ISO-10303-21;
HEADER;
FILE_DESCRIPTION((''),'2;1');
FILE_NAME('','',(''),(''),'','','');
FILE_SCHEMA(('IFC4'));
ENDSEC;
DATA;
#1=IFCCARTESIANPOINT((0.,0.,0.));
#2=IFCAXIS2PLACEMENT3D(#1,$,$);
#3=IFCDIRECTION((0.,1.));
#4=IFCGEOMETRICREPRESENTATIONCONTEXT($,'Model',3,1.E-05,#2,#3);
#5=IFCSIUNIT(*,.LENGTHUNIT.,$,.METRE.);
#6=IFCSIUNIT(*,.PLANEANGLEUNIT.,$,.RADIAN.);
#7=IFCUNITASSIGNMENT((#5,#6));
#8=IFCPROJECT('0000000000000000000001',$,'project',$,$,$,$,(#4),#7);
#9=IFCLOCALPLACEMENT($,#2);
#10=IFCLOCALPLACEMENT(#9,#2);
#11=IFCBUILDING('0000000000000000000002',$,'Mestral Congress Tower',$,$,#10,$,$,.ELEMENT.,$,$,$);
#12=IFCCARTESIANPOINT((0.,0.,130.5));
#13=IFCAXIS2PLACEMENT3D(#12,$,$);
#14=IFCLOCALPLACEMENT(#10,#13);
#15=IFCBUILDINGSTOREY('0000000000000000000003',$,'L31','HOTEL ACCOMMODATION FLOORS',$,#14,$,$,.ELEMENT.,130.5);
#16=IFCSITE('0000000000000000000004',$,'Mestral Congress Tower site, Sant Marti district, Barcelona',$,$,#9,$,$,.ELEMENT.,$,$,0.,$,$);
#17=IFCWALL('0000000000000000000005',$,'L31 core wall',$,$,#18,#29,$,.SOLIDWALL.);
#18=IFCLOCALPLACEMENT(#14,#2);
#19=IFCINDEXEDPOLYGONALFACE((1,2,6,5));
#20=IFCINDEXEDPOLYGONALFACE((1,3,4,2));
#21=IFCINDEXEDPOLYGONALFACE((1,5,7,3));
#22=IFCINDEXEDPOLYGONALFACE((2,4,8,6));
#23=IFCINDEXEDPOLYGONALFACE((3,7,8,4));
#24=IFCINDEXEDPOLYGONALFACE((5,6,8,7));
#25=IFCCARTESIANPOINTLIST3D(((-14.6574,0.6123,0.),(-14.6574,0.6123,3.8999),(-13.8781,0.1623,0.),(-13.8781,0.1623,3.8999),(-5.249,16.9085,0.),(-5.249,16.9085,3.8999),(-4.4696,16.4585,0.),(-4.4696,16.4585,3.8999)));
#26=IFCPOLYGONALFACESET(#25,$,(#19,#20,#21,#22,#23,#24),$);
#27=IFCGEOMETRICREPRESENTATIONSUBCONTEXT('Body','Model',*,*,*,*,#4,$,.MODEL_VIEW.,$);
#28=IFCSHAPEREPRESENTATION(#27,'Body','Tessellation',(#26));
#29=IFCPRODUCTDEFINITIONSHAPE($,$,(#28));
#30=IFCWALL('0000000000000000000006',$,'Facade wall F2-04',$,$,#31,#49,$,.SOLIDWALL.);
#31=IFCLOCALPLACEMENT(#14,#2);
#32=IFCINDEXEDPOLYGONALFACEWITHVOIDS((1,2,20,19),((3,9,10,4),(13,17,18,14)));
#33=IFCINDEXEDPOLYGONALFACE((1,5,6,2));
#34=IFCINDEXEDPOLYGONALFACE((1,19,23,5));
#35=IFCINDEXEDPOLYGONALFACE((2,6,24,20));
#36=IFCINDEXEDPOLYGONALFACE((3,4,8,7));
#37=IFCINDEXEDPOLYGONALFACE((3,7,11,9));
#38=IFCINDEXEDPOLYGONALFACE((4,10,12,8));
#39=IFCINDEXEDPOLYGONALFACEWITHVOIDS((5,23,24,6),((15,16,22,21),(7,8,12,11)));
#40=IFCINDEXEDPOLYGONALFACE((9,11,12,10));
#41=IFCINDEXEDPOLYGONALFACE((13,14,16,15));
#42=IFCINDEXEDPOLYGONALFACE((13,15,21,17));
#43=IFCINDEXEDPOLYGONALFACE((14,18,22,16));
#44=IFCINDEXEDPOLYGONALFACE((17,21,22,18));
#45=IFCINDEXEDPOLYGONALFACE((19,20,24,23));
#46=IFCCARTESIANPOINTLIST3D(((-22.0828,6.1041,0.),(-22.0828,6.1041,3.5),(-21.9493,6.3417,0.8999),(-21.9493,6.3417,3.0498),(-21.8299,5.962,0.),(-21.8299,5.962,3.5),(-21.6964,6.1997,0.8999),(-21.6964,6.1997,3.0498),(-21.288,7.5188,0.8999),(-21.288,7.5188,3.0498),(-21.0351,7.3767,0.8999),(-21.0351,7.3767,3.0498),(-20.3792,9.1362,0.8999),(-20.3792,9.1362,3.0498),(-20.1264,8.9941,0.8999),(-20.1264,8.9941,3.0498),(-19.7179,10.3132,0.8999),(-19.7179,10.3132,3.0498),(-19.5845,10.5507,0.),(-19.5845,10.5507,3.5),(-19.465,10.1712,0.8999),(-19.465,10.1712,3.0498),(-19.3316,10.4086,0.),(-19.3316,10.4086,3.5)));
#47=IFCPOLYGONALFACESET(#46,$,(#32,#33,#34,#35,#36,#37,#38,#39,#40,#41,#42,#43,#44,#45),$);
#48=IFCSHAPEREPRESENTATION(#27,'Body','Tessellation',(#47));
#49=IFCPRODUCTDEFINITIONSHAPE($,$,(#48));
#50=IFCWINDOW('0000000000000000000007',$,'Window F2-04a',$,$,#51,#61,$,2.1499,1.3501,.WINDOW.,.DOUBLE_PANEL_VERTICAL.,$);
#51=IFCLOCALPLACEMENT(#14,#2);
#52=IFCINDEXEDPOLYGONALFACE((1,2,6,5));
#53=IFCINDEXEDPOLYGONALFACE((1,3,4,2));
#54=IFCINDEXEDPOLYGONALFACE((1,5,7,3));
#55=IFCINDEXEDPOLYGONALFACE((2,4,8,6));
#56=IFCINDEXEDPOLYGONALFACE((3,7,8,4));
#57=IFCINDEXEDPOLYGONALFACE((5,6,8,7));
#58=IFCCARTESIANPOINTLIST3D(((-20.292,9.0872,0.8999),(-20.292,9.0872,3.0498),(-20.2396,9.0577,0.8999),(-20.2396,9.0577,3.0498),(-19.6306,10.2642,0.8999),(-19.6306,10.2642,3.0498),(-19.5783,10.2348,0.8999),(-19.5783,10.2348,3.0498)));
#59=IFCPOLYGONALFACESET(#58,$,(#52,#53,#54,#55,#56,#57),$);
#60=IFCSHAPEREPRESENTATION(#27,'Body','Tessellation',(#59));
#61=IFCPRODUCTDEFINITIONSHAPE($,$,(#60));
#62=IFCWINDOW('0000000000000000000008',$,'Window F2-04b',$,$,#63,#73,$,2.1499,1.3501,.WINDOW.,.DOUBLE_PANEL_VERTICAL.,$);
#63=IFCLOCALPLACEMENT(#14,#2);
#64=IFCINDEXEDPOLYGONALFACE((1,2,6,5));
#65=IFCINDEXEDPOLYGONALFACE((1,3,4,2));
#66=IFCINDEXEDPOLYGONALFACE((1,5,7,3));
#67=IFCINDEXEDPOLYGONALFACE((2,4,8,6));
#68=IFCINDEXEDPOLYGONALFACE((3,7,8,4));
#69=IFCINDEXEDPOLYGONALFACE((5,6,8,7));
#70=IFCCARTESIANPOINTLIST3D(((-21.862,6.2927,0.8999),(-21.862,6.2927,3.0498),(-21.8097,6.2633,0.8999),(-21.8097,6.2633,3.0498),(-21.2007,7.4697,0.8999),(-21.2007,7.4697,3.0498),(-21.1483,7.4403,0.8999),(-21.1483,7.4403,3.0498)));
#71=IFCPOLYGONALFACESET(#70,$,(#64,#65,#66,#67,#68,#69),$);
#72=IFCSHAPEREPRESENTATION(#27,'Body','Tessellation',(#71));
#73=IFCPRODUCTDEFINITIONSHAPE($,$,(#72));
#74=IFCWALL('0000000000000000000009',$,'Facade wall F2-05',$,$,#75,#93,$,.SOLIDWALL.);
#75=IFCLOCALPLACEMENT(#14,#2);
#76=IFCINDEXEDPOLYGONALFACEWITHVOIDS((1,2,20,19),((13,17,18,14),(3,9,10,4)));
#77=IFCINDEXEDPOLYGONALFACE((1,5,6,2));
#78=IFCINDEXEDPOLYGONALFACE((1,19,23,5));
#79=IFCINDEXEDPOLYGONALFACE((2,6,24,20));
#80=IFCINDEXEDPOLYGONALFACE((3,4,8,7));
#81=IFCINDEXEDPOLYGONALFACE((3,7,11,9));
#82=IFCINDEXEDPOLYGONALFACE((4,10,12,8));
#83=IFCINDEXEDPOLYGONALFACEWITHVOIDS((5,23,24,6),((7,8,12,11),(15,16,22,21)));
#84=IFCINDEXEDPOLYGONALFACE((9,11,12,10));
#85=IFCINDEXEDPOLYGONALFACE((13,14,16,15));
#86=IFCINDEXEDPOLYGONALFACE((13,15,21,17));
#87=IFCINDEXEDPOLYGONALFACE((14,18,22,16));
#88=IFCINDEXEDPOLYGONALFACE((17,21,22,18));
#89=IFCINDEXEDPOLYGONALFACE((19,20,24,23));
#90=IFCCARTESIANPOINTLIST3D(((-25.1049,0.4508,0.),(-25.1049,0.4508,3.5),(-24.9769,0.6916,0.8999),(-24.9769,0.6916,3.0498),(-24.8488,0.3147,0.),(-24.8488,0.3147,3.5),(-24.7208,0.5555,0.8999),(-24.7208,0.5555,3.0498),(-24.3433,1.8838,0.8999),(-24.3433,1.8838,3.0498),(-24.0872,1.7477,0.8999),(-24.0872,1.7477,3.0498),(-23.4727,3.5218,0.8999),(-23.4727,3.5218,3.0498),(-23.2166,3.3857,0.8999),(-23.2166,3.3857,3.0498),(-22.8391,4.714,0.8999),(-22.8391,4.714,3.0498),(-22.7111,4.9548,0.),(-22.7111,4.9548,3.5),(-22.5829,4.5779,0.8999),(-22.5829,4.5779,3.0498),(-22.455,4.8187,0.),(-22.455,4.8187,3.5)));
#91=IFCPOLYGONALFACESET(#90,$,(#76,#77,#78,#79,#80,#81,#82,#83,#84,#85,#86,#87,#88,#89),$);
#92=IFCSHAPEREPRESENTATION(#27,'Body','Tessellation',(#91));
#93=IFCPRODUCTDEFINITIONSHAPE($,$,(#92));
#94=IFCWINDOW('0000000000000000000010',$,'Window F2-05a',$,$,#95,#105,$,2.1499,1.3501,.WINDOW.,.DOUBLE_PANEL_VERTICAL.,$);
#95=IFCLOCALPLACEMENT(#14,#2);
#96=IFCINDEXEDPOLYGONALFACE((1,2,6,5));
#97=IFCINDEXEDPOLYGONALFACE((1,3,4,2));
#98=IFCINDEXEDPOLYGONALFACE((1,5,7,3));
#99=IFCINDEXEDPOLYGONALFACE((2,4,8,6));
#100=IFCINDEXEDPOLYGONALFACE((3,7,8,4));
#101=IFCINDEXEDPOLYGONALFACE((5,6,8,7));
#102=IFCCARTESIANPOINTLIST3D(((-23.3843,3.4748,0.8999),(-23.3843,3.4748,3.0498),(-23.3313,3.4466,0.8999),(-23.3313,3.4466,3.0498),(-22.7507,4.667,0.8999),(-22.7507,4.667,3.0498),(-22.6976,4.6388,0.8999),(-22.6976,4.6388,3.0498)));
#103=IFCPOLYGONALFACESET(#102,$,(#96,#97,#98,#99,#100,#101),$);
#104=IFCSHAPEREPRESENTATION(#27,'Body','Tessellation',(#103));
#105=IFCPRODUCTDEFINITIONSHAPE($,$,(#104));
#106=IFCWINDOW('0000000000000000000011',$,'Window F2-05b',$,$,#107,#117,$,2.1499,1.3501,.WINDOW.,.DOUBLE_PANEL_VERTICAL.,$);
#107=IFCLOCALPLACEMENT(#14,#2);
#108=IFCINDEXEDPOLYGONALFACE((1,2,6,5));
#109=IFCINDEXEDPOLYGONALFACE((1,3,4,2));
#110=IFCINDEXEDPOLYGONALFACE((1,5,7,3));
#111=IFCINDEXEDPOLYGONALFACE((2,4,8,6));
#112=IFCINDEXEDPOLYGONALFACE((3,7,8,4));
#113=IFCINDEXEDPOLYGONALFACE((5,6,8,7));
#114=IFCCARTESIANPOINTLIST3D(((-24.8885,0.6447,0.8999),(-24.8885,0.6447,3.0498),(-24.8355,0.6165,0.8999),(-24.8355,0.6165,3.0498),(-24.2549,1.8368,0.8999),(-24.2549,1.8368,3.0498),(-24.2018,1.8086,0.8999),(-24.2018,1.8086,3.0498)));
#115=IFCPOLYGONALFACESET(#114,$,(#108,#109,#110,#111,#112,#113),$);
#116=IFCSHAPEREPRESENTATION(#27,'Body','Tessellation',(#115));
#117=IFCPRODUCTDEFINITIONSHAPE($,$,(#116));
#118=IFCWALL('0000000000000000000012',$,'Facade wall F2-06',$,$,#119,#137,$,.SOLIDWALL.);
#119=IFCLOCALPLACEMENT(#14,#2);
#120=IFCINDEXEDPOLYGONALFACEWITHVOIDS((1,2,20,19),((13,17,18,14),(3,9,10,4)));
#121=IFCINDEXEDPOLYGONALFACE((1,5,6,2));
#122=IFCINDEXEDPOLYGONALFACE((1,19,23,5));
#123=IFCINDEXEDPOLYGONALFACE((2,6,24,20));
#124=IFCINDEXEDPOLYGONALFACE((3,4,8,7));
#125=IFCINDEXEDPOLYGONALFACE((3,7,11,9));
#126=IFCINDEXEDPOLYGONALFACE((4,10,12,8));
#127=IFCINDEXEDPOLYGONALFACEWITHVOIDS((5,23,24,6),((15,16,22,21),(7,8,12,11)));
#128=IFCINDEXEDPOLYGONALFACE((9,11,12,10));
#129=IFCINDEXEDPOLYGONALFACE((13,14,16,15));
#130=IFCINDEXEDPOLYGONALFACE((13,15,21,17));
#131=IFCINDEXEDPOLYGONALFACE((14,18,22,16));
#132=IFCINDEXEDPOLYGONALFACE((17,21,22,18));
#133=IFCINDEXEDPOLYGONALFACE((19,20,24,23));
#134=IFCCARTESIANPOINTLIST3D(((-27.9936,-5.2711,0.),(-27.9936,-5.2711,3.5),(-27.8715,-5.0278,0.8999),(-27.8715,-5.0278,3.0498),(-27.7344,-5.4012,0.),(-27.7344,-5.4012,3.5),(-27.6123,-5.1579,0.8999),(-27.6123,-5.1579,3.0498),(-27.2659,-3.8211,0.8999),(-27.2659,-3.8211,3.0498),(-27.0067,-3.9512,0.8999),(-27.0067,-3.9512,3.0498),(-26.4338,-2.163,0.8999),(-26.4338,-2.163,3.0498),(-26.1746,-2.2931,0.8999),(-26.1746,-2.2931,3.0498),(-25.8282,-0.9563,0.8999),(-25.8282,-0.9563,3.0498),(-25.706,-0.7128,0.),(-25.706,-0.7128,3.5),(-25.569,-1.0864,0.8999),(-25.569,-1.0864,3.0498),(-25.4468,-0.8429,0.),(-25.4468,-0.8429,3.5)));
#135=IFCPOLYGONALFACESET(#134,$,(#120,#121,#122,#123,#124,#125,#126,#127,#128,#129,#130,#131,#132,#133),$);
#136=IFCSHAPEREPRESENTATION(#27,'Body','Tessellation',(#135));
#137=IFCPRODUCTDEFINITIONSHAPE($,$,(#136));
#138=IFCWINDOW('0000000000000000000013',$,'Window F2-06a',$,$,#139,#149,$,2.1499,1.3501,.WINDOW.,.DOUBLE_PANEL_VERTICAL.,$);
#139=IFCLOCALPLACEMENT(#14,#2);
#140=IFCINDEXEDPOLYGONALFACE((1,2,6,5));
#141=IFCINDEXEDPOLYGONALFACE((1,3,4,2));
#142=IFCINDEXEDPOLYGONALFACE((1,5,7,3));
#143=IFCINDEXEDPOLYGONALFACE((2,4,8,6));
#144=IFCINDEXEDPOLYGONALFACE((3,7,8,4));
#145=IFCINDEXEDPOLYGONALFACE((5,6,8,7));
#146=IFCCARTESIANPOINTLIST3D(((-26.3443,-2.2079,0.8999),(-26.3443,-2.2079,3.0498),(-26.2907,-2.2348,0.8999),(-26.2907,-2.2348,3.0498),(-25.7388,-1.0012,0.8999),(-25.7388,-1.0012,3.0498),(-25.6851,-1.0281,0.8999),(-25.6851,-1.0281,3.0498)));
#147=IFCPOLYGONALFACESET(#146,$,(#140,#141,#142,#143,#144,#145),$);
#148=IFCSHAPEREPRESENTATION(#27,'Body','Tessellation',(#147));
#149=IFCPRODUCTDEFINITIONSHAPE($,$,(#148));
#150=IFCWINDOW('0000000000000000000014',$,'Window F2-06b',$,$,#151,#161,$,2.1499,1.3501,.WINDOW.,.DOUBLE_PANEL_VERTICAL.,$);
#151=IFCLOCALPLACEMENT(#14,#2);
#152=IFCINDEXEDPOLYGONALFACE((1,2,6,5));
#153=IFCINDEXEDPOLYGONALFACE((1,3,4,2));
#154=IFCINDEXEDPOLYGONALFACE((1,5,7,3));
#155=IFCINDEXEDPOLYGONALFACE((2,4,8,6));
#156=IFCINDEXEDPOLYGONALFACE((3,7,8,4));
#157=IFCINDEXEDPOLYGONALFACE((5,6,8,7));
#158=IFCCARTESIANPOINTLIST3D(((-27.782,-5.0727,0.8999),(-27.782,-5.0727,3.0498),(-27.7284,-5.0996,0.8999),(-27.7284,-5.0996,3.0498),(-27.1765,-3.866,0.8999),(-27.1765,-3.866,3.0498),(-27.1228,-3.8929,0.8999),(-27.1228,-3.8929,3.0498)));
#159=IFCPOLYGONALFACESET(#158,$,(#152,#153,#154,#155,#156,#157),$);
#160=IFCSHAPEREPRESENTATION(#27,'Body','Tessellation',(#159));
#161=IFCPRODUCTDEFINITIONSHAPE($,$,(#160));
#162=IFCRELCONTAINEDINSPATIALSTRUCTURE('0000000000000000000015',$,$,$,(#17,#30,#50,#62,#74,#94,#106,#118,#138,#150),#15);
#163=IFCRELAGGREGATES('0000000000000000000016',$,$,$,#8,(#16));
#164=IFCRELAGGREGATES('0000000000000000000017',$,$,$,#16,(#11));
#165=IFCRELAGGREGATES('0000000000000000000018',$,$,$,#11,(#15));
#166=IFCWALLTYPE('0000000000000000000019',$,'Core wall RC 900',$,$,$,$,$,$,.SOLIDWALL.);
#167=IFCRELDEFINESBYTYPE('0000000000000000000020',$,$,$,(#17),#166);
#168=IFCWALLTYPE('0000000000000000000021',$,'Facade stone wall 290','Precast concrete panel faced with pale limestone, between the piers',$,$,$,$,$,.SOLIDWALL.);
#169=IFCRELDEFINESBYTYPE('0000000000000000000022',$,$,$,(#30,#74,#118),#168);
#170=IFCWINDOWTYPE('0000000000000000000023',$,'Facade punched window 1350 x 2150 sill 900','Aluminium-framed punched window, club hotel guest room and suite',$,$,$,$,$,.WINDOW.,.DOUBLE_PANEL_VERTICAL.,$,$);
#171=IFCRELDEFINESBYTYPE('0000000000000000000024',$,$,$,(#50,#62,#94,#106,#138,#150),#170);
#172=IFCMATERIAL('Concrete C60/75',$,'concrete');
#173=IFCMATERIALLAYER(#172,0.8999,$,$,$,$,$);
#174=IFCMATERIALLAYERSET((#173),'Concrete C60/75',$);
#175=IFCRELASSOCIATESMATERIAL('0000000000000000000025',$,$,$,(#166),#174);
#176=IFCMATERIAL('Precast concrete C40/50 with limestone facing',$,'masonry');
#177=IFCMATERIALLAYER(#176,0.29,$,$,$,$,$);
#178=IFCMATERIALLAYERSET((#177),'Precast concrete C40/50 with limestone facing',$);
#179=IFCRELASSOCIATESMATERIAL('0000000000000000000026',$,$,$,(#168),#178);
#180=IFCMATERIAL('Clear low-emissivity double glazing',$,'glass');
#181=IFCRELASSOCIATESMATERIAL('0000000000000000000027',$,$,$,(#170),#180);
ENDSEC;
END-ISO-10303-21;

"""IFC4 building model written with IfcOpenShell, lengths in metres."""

from ifc_helpers import new_model, si_unit, direction, frame, frame_2d, origin, place, context, subcontext, project, spatial, rectangle, extrude, material, layer, layer_set, type_object, element, fill, save


model = new_model("IFC4")

# Units and contexts
model_context = context("Model", 3, precision=1e-05, world=origin(), true_north=direction((0.0, 1.0)))
body_context = subcontext(model_context, "Body", "Model", "MODEL_VIEW")
ifc_project = project(units=[si_unit("LENGTHUNIT", "METRE"), si_unit("PLANEANGLEUNIT", "RADIAN")], contexts=[model_context])

# Site, building, storey
site_placement = place(None, origin())
site = spatial("IfcSite", under=ifc_project, at=site_placement, Name="Mestral Congress Tower site, Sant Marti district, Barcelona", CompositionType="ELEMENT", RefElevation=0.0)
building_placement = place(site_placement, origin())
building = spatial("IfcBuilding", under=site, at=building_placement, Name="Mestral Congress Tower", CompositionType="ELEMENT")
storey_placement = place(building_placement, frame((0.0, 0.0, 130.5)))
storey = spatial("IfcBuildingStorey", under=building, at=storey_placement, Name="L31", Description="HOTEL ACCOMMODATION FLOORS", CompositionType="ELEMENT", Elevation=130.5)

# Wall
ifc_material_1 = material(Name="Concrete C60/75", Category="concrete")
ifc_layer_1 = layer(ifc_material_1, 0.8999)
ifc_layer_set_1 = layer_set([ifc_layer_1], Name="Concrete C60/75")
wall_type_1 = type_object("IfcWallType", Name="Core wall RC 900", PredefinedType="SOLIDWALL", material=ifc_layer_set_1)
wall_1_placement = place(storey_placement, frame((-14.2678, 0.3872, 0.0), z_axis=(0.0, 0.0, 1.0), x_axis=(0.499995, 0.866029, 0.0)))
element("IfcWall", 1, at=wall_1_placement, inside=storey, type_object=wall_type_1, Name="L31 core wall", PredefinedType="SOLIDWALL", context=body_context, shape_type="SweptSolid", body=[
    extrude(rectangle(XDim=18.8171, YDim=0.8999, at=frame_2d((9.4087, 0.0))), origin(), (0.0, 0.0, 1.0), 3.8999),
])

# Walls, openings, windows
ifc_material_2 = material(Name="Precast concrete C40/50 with limestone facing", Category="masonry")
ifc_layer_2 = layer(ifc_material_2, 0.29)
ifc_layer_set_2 = layer_set([ifc_layer_2], Name="Precast concrete C40/50 with limestone facing")
wall_type_2 = type_object("IfcWallType", Name="Facade stone wall 290", Description="Precast concrete panel faced with pale limestone, between the piers", PredefinedType="SOLIDWALL", material=ifc_layer_set_2)
wall_2_placement = place(storey_placement, frame((-19.458, 10.4797, 0.0), z_axis=(0.0, 0.0, 1.0), x_axis=(-0.489832, -0.871817, 0.0)))
wall_2 = element("IfcWall", 2, at=wall_2_placement, inside=storey, type_object=wall_type_2, Name="Facade wall F2-04", PredefinedType="SOLIDWALL", context=body_context, shape_type="SweptSolid", body=[
    extrude(rectangle(XDim=5.1003, YDim=0.29, at=frame_2d((2.5503, 0.0))), origin(), (0.0, 0.0, 1.0), 3.5),
])
opening_1_placement = place(wall_2_placement, frame((0.2725, 0.0, 0.8999)))
opening_1 = element("IfcOpeningElement", 3, at=opening_1_placement, cuts=wall_2, PredefinedType="OPENING", context=body_context, shape_type="SweptSolid", body=[
    extrude(rectangle(XDim=1.3501, YDim=2.1499, at=frame_2d((0.675, 1.075))), frame((0.0, 0.155, 0.0), z_axis=(0.0, -1.0, 0.0), x_axis=(1.0, 0.0, 0.0)), (0.0, 0.0, 1.0), 0.3101),
])
opening_2_placement = place(wall_2_placement, frame((3.4778, 0.0, 0.8999)))
opening_2 = element("IfcOpeningElement", 4, at=opening_2_placement, cuts=wall_2, PredefinedType="OPENING", context=body_context, shape_type="SweptSolid", body=[
    extrude(rectangle(XDim=1.3501, YDim=2.1499, at=frame_2d((0.675, 1.075))), frame((0.0, 0.155, 0.0), z_axis=(0.0, -1.0, 0.0), x_axis=(1.0, 0.0, 0.0)), (0.0, 0.0, 1.0), 0.3101),
])
ifc_material_3 = material(Name="Clear low-emissivity double glazing", Category="glass")
window_type = type_object("IfcWindowType", Name="Facade punched window 1350 x 2150 sill 900", Description="Aluminium-framed punched window, club hotel guest room and suite", PartitioningType="DOUBLE_PANEL_VERTICAL", PredefinedType="WINDOW", material=ifc_material_3)
window_1_placement = place(opening_1_placement, origin())
window_1 = element("IfcWindow", 5, at=window_1_placement, inside=storey, type_object=window_type, Name="Window F2-04a", OverallHeight=2.1499, OverallWidth=1.3501, PartitioningType="DOUBLE_PANEL_VERTICAL", PredefinedType="WINDOW", context=body_context, shape_type="SweptSolid", body=[
    extrude(rectangle(XDim=1.3501, YDim=2.1499, at=frame_2d((0.675, 1.075))), frame((0.0, 0.0151, 0.0), z_axis=(0.0, -1.0, 0.0), x_axis=(1.0, 0.0, 0.0)), (0.0, 0.0, 1.0), 0.0601),
])
fill(opening_1, window_1)
window_2_placement = place(opening_2_placement, origin())
window_2 = element("IfcWindow", 6, at=window_2_placement, inside=storey, type_object=window_type, Name="Window F2-04b", OverallHeight=2.1499, OverallWidth=1.3501, PartitioningType="DOUBLE_PANEL_VERTICAL", PredefinedType="WINDOW", context=body_context, shape_type="SweptSolid", body=[
    extrude(rectangle(XDim=1.3501, YDim=2.1499, at=frame_2d((0.675, 1.075))), frame((0.0, 0.0151, 0.0), z_axis=(0.0, -1.0, 0.0), x_axis=(1.0, 0.0, 0.0)), (0.0, 0.0, 1.0), 0.0601),
])
fill(opening_2, window_2)
wall_3_placement = place(storey_placement, frame((-22.583, 4.8867, 0.0), z_axis=(0.0, 0.0, 1.0), x_axis=(-0.469323, -0.883026, 0.0)))
wall_3 = element("IfcWall", 7, at=wall_3_placement, inside=storey, type_object=wall_type_2, Name="Facade wall F2-05", PredefinedType="SOLIDWALL", context=body_context, shape_type="SweptSolid", body=[
    extrude(rectangle(XDim=5.1006, YDim=0.29, at=frame_2d((2.5503, 0.0))), origin(), (0.0, 0.0, 1.0), 3.5),
])
opening_3_placement = place(wall_3_placement, frame((0.2727, 0.0, 0.8999)))
opening_3 = element("IfcOpeningElement", 8, at=opening_3_placement, cuts=wall_3, PredefinedType="OPENING", context=body_context, shape_type="SweptSolid", body=[
    extrude(rectangle(XDim=1.3501, YDim=2.1499, at=frame_2d((0.675, 1.075))), frame((0.0, 0.155, 0.0), z_axis=(0.0, -1.0, 0.0), x_axis=(1.0, 0.0, 0.0)), (0.0, 0.0, 1.0), 0.3101),
])
opening_4_placement = place(wall_3_placement, frame((3.4778, 0.0, 0.8999)))
opening_4 = element("IfcOpeningElement", 9, at=opening_4_placement, cuts=wall_3, PredefinedType="OPENING", context=body_context, shape_type="SweptSolid", body=[
    extrude(rectangle(XDim=1.3501, YDim=2.1499, at=frame_2d((0.675, 1.075))), frame((0.0, 0.155, 0.0), z_axis=(0.0, -1.0, 0.0), x_axis=(1.0, 0.0, 0.0)), (0.0, 0.0, 1.0), 0.3101),
])
window_3_placement = place(opening_3_placement, origin())
window_3 = element("IfcWindow", 10, at=window_3_placement, inside=storey, type_object=window_type, Name="Window F2-05a", OverallHeight=2.1499, OverallWidth=1.3501, PartitioningType="DOUBLE_PANEL_VERTICAL", PredefinedType="WINDOW", context=body_context, shape_type="SweptSolid", body=[
    extrude(rectangle(XDim=1.3501, YDim=2.1499, at=frame_2d((0.675, 1.075))), frame((0.0, 0.0151, 0.0), z_axis=(0.0, -1.0, 0.0), x_axis=(1.0, 0.0, 0.0)), (0.0, 0.0, 1.0), 0.0601),
])
fill(opening_3, window_3)
window_4_placement = place(opening_4_placement, origin())
window_4 = element("IfcWindow", 11, at=window_4_placement, inside=storey, type_object=window_type, Name="Window F2-05b", OverallHeight=2.1499, OverallWidth=1.3501, PartitioningType="DOUBLE_PANEL_VERTICAL", PredefinedType="WINDOW", context=body_context, shape_type="SweptSolid", body=[
    extrude(rectangle(XDim=1.3501, YDim=2.1499, at=frame_2d((0.675, 1.075))), frame((0.0, 0.0151, 0.0), z_axis=(0.0, -1.0, 0.0), x_axis=(1.0, 0.0, 0.0)), (0.0, 0.0, 1.0), 0.0601),
])
fill(opening_4, window_4)
wall_4_placement = place(storey_placement, frame((-25.5764, -0.7778, 0.0), z_axis=(0.0, 0.0, 1.0), x_axis=(-0.448534, -0.893766, 0.0)))
wall_4 = element("IfcWall", 12, at=wall_4_placement, inside=storey, type_object=wall_type_2, Name="Facade wall F2-06", PredefinedType="SOLIDWALL", context=body_context, shape_type="SweptSolid", body=[
    extrude(rectangle(XDim=5.1001, YDim=0.29, at=frame_2d((2.55, 0.0))), origin(), (0.0, 0.0, 1.0), 3.5),
])
opening_5_placement = place(wall_4_placement, frame((0.2725, 0.0, 0.8999)))
opening_5 = element("IfcOpeningElement", 13, at=opening_5_placement, cuts=wall_4, PredefinedType="OPENING", context=body_context, shape_type="SweptSolid", body=[
    extrude(rectangle(XDim=1.3501, YDim=2.1499, at=frame_2d((0.675, 1.075))), frame((0.0, 0.155, 0.0), z_axis=(0.0, -1.0, 0.0), x_axis=(1.0, 0.0, 0.0)), (0.0, 0.0, 1.0), 0.3101),
])
opening_6_placement = place(wall_4_placement, frame((3.4778, 0.0, 0.8999)))
opening_6 = element("IfcOpeningElement", 14, at=opening_6_placement, cuts=wall_4, PredefinedType="OPENING", context=body_context, shape_type="SweptSolid", body=[
    extrude(rectangle(XDim=1.3501, YDim=2.1499, at=frame_2d((0.675, 1.075))), frame((0.0, 0.155, 0.0), z_axis=(0.0, -1.0, 0.0), x_axis=(1.0, 0.0, 0.0)), (0.0, 0.0, 1.0), 0.3101),
])
window_5_placement = place(opening_5_placement, origin())
window_5 = element("IfcWindow", 15, at=window_5_placement, inside=storey, type_object=window_type, Name="Window F2-06a", OverallHeight=2.1499, OverallWidth=1.3501, PartitioningType="DOUBLE_PANEL_VERTICAL", PredefinedType="WINDOW", context=body_context, shape_type="SweptSolid", body=[
    extrude(rectangle(XDim=1.3501, YDim=2.1499, at=frame_2d((0.675, 1.075))), frame((0.0, 0.0151, 0.0), z_axis=(0.0, -1.0, 0.0), x_axis=(1.0, 0.0, 0.0)), (0.0, 0.0, 1.0), 0.0601),
])
fill(opening_5, window_5)
window_6_placement = place(opening_6_placement, origin())
window_6 = element("IfcWindow", 16, at=window_6_placement, inside=storey, type_object=window_type, Name="Window F2-06b", OverallHeight=2.1499, OverallWidth=1.3501, PartitioningType="DOUBLE_PANEL_VERTICAL", PredefinedType="WINDOW", context=body_context, shape_type="SweptSolid", body=[
    extrude(rectangle(XDim=1.3501, YDim=2.1499, at=frame_2d((0.675, 1.075))), frame((0.0, 0.0151, 0.0), z_axis=(0.0, -1.0, 0.0), x_axis=(1.0, 0.0, 0.0)), (0.0, 0.0, 1.0), 0.0601),
])
fill(opening_6, window_6)

save(model, "model.ifc")
